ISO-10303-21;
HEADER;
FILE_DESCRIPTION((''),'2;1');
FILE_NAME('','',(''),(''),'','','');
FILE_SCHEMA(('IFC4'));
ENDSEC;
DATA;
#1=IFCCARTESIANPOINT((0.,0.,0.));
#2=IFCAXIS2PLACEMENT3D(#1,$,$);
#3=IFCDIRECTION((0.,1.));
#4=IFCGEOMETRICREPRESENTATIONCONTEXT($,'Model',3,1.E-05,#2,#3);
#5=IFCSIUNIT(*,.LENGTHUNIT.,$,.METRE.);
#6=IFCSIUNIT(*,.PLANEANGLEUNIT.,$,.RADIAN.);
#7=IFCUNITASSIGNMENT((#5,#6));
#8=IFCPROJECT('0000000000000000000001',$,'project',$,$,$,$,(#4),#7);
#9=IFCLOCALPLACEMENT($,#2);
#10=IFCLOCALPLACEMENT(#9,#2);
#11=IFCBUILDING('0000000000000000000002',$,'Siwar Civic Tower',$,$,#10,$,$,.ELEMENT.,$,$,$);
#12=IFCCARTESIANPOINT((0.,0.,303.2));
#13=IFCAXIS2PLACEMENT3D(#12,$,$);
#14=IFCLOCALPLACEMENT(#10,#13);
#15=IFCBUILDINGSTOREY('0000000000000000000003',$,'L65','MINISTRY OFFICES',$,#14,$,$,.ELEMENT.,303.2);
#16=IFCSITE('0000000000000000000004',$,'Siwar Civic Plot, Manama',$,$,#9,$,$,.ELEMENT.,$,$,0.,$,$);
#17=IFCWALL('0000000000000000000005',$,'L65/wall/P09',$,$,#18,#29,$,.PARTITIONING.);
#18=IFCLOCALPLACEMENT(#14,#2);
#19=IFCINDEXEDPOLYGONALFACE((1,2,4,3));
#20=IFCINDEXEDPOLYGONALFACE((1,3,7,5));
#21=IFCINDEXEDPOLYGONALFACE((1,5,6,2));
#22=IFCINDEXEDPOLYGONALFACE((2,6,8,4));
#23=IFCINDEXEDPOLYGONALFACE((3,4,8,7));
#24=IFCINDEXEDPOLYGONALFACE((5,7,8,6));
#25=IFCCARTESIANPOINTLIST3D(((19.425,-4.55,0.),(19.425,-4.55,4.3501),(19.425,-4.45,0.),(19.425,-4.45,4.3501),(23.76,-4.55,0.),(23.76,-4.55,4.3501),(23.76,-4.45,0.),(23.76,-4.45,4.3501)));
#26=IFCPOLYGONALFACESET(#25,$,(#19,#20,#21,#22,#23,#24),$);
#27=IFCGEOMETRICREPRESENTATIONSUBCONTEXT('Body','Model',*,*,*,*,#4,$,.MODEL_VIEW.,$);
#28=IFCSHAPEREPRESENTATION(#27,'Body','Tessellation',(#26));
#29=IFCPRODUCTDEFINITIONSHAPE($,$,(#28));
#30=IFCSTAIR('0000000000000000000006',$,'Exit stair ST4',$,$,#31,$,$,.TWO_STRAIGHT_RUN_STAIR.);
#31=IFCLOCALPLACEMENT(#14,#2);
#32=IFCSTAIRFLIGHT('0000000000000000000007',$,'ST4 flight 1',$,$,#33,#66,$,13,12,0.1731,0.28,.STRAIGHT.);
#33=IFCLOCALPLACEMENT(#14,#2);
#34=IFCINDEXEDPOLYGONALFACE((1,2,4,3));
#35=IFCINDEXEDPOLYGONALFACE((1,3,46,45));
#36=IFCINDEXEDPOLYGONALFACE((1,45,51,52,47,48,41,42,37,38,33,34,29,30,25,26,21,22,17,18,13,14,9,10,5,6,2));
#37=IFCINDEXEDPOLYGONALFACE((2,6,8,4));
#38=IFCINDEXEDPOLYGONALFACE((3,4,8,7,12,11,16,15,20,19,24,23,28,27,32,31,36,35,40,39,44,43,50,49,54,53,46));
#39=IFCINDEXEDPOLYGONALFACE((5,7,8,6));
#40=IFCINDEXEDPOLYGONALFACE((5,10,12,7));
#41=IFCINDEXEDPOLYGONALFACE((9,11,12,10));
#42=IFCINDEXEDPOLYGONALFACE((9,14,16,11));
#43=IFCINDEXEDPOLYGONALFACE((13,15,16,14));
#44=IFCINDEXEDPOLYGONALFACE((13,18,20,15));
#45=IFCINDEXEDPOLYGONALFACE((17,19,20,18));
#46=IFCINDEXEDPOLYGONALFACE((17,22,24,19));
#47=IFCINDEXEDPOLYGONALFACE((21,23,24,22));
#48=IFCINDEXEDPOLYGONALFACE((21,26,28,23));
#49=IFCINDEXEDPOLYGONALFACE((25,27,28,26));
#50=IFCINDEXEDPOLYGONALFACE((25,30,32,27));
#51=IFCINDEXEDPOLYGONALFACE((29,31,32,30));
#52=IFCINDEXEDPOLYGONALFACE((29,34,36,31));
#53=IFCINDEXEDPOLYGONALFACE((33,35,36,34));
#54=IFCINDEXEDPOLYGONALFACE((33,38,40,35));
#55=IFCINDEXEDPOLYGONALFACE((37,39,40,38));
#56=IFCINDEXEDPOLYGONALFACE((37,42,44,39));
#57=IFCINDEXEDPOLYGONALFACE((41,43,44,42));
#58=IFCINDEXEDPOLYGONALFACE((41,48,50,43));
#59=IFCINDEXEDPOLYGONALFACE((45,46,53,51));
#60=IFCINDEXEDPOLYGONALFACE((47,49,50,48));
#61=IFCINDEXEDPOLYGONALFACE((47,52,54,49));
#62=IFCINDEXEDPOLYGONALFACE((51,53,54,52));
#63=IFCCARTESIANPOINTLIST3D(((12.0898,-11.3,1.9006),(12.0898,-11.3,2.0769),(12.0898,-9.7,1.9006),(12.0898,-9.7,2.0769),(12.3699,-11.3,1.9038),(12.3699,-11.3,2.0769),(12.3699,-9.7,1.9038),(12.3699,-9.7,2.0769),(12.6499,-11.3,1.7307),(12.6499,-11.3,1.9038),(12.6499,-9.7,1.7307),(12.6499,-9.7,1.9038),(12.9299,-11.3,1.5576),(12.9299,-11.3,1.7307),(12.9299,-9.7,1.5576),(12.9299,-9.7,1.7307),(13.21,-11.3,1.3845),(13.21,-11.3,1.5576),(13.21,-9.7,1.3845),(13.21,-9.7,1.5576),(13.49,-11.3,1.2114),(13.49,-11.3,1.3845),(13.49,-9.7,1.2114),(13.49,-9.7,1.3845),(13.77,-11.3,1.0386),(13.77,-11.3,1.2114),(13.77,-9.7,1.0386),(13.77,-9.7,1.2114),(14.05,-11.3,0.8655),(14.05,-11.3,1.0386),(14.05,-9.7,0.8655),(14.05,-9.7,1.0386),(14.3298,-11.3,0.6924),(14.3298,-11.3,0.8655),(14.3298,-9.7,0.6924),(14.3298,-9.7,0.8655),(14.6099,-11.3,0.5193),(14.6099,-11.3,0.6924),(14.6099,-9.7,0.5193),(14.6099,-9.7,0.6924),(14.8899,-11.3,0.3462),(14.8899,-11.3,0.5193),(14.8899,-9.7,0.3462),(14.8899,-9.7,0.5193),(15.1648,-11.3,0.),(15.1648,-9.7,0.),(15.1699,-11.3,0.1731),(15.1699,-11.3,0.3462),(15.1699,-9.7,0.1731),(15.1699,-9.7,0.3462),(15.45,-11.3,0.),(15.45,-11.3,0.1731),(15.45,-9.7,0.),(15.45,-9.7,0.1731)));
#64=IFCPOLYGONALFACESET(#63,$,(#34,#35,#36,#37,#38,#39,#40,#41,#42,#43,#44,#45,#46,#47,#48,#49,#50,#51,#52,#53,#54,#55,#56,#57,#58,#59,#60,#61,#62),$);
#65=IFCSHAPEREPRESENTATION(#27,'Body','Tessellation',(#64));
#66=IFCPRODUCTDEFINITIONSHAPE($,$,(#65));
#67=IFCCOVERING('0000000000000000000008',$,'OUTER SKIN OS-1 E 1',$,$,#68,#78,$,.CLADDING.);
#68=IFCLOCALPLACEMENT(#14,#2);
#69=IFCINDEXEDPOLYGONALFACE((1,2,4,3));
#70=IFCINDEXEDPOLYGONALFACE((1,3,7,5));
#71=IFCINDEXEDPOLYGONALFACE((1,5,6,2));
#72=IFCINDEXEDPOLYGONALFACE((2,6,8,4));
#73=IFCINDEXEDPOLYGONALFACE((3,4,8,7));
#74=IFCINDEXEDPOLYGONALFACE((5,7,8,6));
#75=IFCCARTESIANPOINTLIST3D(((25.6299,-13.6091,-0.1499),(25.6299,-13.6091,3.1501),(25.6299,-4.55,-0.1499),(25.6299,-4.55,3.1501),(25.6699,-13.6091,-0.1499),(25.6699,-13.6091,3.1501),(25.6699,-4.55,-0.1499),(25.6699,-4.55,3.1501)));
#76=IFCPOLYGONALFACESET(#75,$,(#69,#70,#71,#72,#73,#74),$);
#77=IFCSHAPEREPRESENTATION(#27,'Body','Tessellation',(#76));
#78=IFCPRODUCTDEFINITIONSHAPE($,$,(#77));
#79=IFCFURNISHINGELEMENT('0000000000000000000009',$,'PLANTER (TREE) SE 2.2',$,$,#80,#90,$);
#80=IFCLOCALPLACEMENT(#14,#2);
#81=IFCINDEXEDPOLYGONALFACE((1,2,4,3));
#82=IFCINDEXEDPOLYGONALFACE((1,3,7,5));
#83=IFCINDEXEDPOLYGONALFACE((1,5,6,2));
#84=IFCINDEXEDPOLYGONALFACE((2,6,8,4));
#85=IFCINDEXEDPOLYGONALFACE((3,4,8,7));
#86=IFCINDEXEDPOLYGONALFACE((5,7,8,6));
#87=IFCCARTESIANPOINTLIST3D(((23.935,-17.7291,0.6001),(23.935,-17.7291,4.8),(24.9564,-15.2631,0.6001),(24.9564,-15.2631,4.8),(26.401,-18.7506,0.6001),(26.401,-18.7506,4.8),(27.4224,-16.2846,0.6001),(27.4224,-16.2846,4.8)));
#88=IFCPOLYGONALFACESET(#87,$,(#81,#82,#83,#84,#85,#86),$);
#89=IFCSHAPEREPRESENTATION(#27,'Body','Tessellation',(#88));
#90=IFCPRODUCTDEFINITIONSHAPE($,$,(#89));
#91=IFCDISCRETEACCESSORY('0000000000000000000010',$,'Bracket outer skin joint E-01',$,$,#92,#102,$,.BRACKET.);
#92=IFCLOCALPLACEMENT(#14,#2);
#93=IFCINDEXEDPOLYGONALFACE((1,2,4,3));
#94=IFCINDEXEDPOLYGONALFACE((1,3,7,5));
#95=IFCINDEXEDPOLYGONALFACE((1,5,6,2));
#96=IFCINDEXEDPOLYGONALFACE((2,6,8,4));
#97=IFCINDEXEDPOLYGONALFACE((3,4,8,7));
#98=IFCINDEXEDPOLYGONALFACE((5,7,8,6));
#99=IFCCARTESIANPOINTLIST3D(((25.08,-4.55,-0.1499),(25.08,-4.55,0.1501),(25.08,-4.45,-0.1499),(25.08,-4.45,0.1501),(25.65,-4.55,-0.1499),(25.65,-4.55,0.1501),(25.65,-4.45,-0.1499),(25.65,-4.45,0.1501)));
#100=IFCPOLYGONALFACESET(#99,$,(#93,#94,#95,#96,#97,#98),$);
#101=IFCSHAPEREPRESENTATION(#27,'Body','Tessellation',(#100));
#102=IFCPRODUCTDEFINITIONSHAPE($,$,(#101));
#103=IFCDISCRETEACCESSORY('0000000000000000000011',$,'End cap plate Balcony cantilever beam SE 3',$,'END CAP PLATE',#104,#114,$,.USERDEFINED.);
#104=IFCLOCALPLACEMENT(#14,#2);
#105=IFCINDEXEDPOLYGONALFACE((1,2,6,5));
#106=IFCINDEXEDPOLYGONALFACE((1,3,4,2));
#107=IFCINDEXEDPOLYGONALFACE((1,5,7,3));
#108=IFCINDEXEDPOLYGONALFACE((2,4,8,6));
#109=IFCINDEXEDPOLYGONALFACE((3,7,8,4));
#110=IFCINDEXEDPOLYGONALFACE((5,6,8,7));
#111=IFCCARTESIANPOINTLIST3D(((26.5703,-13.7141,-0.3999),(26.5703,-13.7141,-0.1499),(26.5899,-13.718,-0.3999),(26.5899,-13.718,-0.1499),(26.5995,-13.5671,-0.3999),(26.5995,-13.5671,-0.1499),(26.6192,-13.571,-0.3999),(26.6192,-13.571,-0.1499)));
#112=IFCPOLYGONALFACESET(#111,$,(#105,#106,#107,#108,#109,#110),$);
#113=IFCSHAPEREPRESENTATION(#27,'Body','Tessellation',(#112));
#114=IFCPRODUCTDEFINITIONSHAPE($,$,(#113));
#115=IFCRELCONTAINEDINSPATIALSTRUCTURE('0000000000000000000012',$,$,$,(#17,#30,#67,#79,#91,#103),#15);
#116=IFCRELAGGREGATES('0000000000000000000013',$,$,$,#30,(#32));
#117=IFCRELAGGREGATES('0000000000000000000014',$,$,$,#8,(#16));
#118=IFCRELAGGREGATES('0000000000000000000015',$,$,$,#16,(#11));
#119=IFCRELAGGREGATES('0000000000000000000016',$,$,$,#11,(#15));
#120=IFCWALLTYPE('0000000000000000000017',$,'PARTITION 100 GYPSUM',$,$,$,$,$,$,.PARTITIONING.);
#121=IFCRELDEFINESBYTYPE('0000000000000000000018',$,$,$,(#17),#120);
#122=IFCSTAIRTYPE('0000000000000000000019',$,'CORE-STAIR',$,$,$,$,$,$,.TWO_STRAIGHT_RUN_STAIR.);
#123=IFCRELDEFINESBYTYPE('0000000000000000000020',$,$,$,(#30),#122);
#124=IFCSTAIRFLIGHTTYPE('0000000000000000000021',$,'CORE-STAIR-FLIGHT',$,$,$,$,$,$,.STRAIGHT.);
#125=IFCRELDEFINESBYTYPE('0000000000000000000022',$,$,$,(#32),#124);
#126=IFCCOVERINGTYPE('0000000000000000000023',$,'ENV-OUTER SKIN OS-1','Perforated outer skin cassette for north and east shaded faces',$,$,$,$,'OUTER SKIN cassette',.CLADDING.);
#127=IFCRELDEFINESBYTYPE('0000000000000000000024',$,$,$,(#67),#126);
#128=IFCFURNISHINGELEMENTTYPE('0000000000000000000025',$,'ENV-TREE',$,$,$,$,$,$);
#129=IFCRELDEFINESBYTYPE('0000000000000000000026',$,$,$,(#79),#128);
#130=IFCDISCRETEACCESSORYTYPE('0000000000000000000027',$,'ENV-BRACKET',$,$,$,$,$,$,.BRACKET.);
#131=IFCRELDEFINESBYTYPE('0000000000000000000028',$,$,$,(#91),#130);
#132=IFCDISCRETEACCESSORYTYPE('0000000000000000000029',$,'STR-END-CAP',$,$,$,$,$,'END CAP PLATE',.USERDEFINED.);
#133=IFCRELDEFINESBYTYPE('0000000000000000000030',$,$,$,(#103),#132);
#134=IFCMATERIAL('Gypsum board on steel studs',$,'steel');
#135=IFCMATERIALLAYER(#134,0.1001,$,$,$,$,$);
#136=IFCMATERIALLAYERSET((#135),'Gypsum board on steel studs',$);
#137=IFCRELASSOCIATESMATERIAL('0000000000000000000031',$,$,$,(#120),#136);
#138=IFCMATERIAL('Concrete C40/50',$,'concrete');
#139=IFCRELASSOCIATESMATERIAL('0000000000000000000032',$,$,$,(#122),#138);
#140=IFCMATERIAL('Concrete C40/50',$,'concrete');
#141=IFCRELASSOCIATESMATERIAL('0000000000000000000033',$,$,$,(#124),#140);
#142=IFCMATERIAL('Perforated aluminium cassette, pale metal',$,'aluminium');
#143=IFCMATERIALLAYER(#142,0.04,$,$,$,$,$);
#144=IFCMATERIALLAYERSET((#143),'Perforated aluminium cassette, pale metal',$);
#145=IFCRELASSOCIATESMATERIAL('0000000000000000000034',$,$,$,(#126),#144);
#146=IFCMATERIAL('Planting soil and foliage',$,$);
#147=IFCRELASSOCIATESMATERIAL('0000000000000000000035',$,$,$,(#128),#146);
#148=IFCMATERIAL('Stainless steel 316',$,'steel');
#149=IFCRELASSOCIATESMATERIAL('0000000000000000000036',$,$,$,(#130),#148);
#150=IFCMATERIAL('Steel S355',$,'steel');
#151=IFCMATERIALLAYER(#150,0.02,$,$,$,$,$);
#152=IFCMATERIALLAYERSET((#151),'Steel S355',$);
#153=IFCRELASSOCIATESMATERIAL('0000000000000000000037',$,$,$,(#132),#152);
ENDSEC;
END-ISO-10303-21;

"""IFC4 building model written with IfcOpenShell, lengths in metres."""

from ifc_helpers import new_model, si_unit, direction, frame, frame_2d, origin, origin_2d, place, context, subcontext, project, spatial, polyline, rectangle, outline, extrude, material, layer, layer_set, type_object, element, aggregate, save


model = new_model("IFC4")

# Units and contexts
model_context = context("Model", 3, precision=1e-05, world=origin(), true_north=direction((0.0, 1.0)))
body_context = subcontext(model_context, "Body", "Model", "MODEL_VIEW")
ifc_project = project(units=[si_unit("LENGTHUNIT", "METRE"), si_unit("PLANEANGLEUNIT", "RADIAN")], contexts=[model_context])

# Site, building, storey
site_placement = place(None, origin())
site = spatial("IfcSite", under=ifc_project, at=site_placement, Name="Siwar Civic Plot, Manama", CompositionType="ELEMENT", RefElevation=0.0)
building_placement = place(site_placement, origin())
building = spatial("IfcBuilding", under=site, at=building_placement, Name="Siwar Civic Tower", CompositionType="ELEMENT")
storey_placement = place(building_placement, frame((0.0, 0.0, 303.2)))
storey = spatial("IfcBuildingStorey", under=building, at=storey_placement, Name="L65", Description="MINISTRY OFFICES", CompositionType="ELEMENT", Elevation=303.2)

# Wall
ifc_material_1 = material(Name="Gypsum board on steel studs", Category="steel")
ifc_layer_1 = layer(ifc_material_1, 0.1001)
ifc_layer_set_1 = layer_set([ifc_layer_1], Name="Gypsum board on steel studs")
wall_type_1 = type_object("IfcWallType", Name="PARTITION 100 GYPSUM", PredefinedType="PARTITIONING", material=ifc_layer_set_1)
wall_1_placement = place(storey_placement, frame((19.425, -4.5, 0.0), z_axis=(0.0, 0.0, 1.0), x_axis=(1.0, 0.0, 0.0)))
element("IfcWall", 1, at=wall_1_placement, inside=storey, type_object=wall_type_1, Name="L65/wall/P09", PredefinedType="PARTITIONING", context=body_context, shape_type="SweptSolid", body=[
    extrude(rectangle(XDim=4.335, YDim=0.1001, at=frame_2d((2.1675, 0.0))), origin(), (0.0, 0.0, 1.0), 4.3501),
])

# Stair, stair flight
ifc_material_2 = material(Name="Concrete C40/50", Category="concrete")
stair_type = type_object("IfcStairType", Name="CORE-STAIR", PredefinedType="TWO_STRAIGHT_RUN_STAIR", material=ifc_material_2)
stair_placement = place(storey_placement, origin())
stair = element("IfcStair", 2, at=stair_placement, inside=storey, type_object=stair_type, Name="Exit stair ST4", PredefinedType="TWO_STRAIGHT_RUN_STAIR")
ifc_material_3 = material(Name="Concrete C40/50", Category="concrete")
stair_flight_type = type_object("IfcStairFlightType", Name="CORE-STAIR-FLIGHT", PredefinedType="STRAIGHT", material=ifc_material_3)
stair_flight_placement = place(storey_placement, frame((15.45, -10.5, 0.0), z_axis=(0.0, 0.0, 1.0), x_axis=(-1.0, 0.0, 0.0)))
stair_flight = element("IfcStairFlight", 3, at=stair_flight_placement, type_object=stair_flight_type, Name="ST4 flight 1", NumberOfRisers=13, NumberOfTreads=12, PredefinedType="STRAIGHT", RiserHeight=0.1731, TreadLength=0.28, context=body_context, shape_type="SweptSolid", body=[
    extrude(outline(polyline([(0.0, 0.0), (0.0, 0.1731), (0.28, 0.1731), (0.28, 0.3462), (0.5601, 0.3462), (0.5601, 0.5193), (0.8401, 0.5193), (0.8401, 0.6924), (1.1201, 0.6924), (1.1201, 0.8655), (1.3999, 0.8655), (1.3999, 1.0386), (1.6799, 1.0386), (1.6799, 1.2114), (1.96, 1.2114), (1.96, 1.3845), (2.24, 1.3845), (2.24, 1.5576), (2.52, 1.5576), (2.52, 1.7307), (2.8, 1.7307), (2.8, 1.9038), (3.0801, 1.9038), (3.0801, 2.0769), (3.3601, 2.0769), (3.3601, 2.25), (3.3601, 1.9006), (0.2852, 0.0), (0.0, 0.0)])), frame((0.0, 0.8, 0.0), z_axis=(0.0, -1.0, 0.0), x_axis=(1.0, 0.0, 0.0)), (0.0, 0.0, 1.0), 1.6001),
])
aggregate(stair, [stair_flight])

# Covering
ifc_material_4 = material(Name="Perforated aluminium cassette, pale metal", Category="aluminium")
ifc_layer_2 = layer(ifc_material_4, 0.04)
ifc_layer_set_2 = layer_set([ifc_layer_2], Name="Perforated aluminium cassette, pale metal")
covering_type = type_object("IfcCoveringType", Name="ENV-OUTER SKIN OS-1", Description="Perforated outer skin cassette for north and east shaded faces", ElementType="OUTER SKIN cassette", PredefinedType="CLADDING", material=ifc_layer_set_2)
covering_placement = place(storey_placement, frame((25.6499, -9.0796, -0.1499), z_axis=(0.0, 0.0, 1.0), x_axis=(0.0, 1.0, 0.0)))
element("IfcCovering", 4, at=covering_placement, inside=storey, type_object=covering_type, Name="OUTER SKIN OS-1 E 1", PredefinedType="CLADDING", context=body_context, shape_type="SweptSolid", body=[
    extrude(rectangle(XDim=9.0591, YDim=0.04, at=origin_2d()), origin(), (0.0, 0.0, 1.0), 3.3),
])

# Furnishing element
ifc_material_5 = material(Name="Planting soil and foliage")
furnishing_element_type = type_object("IfcFurnishingElementType", Name="ENV-TREE", material=ifc_material_5)
furnishing_placement = place(storey_placement, frame((25.6787, -17.0068, 0.6001), z_axis=(0.0, 0.0, 1.0), x_axis=(0.382683, 0.92388, 0.0)))
element("IfcFurnishingElement", 5, at=furnishing_placement, inside=storey, type_object=furnishing_element_type, Name="PLANTER (TREE) SE 2.2", context=body_context, shape_type="SweptSolid", body=[
    extrude(rectangle(XDim=2.6692, YDim=2.6692, at=origin_2d()), origin(), (0.0, 0.0, 1.0), 4.2),
])

# Discrete accessories
ifc_material_6 = material(Name="Stainless steel 316", Category="steel")
discrete_accessory_type_1 = type_object("IfcDiscreteAccessoryType", Name="ENV-BRACKET", PredefinedType="BRACKET", material=ifc_material_6)
discrete_accessory_1_placement = place(storey_placement, frame((25.365, -4.5, -0.1499), z_axis=(0.0, 0.0, 1.0), x_axis=(1.0, 0.0, 0.0)))
element("IfcDiscreteAccessory", 6, at=discrete_accessory_1_placement, inside=storey, type_object=discrete_accessory_type_1, Name="Bracket outer skin joint E-01", PredefinedType="BRACKET", context=body_context, shape_type="SweptSolid", body=[
    extrude(rectangle(XDim=0.5701, YDim=0.1001, at=origin_2d()), origin(), (0.0, 0.0, 1.0), 0.3),
])
ifc_material_7 = material(Name="Steel S355", Category="steel")
ifc_layer_3 = layer(ifc_material_7, 0.02)
ifc_layer_set_3 = layer_set([ifc_layer_3], Name="Steel S355")
discrete_accessory_type_2 = type_object("IfcDiscreteAccessoryType", Name="STR-END-CAP", ElementType="END CAP PLATE", PredefinedType="USERDEFINED", material=ifc_layer_set_3)
discrete_accessory_2_placement = place(storey_placement, frame((26.5947, -13.6426, -0.3999), z_axis=(0.0, 0.0, 1.0), x_axis=(0.980785, -0.19509, 0.0)))
element("IfcDiscreteAccessory", 7, at=discrete_accessory_2_placement, inside=storey, type_object=discrete_accessory_type_2, Name="End cap plate Balcony cantilever beam SE 3", ObjectType="END CAP PLATE", PredefinedType="USERDEFINED", context=body_context, shape_type="SweptSolid", body=[
    extrude(rectangle(XDim=0.02, YDim=0.1499, at=origin_2d()), origin(), (0.0, 0.0, 1.0), 0.25),
])

save(model, "model.ifc")
